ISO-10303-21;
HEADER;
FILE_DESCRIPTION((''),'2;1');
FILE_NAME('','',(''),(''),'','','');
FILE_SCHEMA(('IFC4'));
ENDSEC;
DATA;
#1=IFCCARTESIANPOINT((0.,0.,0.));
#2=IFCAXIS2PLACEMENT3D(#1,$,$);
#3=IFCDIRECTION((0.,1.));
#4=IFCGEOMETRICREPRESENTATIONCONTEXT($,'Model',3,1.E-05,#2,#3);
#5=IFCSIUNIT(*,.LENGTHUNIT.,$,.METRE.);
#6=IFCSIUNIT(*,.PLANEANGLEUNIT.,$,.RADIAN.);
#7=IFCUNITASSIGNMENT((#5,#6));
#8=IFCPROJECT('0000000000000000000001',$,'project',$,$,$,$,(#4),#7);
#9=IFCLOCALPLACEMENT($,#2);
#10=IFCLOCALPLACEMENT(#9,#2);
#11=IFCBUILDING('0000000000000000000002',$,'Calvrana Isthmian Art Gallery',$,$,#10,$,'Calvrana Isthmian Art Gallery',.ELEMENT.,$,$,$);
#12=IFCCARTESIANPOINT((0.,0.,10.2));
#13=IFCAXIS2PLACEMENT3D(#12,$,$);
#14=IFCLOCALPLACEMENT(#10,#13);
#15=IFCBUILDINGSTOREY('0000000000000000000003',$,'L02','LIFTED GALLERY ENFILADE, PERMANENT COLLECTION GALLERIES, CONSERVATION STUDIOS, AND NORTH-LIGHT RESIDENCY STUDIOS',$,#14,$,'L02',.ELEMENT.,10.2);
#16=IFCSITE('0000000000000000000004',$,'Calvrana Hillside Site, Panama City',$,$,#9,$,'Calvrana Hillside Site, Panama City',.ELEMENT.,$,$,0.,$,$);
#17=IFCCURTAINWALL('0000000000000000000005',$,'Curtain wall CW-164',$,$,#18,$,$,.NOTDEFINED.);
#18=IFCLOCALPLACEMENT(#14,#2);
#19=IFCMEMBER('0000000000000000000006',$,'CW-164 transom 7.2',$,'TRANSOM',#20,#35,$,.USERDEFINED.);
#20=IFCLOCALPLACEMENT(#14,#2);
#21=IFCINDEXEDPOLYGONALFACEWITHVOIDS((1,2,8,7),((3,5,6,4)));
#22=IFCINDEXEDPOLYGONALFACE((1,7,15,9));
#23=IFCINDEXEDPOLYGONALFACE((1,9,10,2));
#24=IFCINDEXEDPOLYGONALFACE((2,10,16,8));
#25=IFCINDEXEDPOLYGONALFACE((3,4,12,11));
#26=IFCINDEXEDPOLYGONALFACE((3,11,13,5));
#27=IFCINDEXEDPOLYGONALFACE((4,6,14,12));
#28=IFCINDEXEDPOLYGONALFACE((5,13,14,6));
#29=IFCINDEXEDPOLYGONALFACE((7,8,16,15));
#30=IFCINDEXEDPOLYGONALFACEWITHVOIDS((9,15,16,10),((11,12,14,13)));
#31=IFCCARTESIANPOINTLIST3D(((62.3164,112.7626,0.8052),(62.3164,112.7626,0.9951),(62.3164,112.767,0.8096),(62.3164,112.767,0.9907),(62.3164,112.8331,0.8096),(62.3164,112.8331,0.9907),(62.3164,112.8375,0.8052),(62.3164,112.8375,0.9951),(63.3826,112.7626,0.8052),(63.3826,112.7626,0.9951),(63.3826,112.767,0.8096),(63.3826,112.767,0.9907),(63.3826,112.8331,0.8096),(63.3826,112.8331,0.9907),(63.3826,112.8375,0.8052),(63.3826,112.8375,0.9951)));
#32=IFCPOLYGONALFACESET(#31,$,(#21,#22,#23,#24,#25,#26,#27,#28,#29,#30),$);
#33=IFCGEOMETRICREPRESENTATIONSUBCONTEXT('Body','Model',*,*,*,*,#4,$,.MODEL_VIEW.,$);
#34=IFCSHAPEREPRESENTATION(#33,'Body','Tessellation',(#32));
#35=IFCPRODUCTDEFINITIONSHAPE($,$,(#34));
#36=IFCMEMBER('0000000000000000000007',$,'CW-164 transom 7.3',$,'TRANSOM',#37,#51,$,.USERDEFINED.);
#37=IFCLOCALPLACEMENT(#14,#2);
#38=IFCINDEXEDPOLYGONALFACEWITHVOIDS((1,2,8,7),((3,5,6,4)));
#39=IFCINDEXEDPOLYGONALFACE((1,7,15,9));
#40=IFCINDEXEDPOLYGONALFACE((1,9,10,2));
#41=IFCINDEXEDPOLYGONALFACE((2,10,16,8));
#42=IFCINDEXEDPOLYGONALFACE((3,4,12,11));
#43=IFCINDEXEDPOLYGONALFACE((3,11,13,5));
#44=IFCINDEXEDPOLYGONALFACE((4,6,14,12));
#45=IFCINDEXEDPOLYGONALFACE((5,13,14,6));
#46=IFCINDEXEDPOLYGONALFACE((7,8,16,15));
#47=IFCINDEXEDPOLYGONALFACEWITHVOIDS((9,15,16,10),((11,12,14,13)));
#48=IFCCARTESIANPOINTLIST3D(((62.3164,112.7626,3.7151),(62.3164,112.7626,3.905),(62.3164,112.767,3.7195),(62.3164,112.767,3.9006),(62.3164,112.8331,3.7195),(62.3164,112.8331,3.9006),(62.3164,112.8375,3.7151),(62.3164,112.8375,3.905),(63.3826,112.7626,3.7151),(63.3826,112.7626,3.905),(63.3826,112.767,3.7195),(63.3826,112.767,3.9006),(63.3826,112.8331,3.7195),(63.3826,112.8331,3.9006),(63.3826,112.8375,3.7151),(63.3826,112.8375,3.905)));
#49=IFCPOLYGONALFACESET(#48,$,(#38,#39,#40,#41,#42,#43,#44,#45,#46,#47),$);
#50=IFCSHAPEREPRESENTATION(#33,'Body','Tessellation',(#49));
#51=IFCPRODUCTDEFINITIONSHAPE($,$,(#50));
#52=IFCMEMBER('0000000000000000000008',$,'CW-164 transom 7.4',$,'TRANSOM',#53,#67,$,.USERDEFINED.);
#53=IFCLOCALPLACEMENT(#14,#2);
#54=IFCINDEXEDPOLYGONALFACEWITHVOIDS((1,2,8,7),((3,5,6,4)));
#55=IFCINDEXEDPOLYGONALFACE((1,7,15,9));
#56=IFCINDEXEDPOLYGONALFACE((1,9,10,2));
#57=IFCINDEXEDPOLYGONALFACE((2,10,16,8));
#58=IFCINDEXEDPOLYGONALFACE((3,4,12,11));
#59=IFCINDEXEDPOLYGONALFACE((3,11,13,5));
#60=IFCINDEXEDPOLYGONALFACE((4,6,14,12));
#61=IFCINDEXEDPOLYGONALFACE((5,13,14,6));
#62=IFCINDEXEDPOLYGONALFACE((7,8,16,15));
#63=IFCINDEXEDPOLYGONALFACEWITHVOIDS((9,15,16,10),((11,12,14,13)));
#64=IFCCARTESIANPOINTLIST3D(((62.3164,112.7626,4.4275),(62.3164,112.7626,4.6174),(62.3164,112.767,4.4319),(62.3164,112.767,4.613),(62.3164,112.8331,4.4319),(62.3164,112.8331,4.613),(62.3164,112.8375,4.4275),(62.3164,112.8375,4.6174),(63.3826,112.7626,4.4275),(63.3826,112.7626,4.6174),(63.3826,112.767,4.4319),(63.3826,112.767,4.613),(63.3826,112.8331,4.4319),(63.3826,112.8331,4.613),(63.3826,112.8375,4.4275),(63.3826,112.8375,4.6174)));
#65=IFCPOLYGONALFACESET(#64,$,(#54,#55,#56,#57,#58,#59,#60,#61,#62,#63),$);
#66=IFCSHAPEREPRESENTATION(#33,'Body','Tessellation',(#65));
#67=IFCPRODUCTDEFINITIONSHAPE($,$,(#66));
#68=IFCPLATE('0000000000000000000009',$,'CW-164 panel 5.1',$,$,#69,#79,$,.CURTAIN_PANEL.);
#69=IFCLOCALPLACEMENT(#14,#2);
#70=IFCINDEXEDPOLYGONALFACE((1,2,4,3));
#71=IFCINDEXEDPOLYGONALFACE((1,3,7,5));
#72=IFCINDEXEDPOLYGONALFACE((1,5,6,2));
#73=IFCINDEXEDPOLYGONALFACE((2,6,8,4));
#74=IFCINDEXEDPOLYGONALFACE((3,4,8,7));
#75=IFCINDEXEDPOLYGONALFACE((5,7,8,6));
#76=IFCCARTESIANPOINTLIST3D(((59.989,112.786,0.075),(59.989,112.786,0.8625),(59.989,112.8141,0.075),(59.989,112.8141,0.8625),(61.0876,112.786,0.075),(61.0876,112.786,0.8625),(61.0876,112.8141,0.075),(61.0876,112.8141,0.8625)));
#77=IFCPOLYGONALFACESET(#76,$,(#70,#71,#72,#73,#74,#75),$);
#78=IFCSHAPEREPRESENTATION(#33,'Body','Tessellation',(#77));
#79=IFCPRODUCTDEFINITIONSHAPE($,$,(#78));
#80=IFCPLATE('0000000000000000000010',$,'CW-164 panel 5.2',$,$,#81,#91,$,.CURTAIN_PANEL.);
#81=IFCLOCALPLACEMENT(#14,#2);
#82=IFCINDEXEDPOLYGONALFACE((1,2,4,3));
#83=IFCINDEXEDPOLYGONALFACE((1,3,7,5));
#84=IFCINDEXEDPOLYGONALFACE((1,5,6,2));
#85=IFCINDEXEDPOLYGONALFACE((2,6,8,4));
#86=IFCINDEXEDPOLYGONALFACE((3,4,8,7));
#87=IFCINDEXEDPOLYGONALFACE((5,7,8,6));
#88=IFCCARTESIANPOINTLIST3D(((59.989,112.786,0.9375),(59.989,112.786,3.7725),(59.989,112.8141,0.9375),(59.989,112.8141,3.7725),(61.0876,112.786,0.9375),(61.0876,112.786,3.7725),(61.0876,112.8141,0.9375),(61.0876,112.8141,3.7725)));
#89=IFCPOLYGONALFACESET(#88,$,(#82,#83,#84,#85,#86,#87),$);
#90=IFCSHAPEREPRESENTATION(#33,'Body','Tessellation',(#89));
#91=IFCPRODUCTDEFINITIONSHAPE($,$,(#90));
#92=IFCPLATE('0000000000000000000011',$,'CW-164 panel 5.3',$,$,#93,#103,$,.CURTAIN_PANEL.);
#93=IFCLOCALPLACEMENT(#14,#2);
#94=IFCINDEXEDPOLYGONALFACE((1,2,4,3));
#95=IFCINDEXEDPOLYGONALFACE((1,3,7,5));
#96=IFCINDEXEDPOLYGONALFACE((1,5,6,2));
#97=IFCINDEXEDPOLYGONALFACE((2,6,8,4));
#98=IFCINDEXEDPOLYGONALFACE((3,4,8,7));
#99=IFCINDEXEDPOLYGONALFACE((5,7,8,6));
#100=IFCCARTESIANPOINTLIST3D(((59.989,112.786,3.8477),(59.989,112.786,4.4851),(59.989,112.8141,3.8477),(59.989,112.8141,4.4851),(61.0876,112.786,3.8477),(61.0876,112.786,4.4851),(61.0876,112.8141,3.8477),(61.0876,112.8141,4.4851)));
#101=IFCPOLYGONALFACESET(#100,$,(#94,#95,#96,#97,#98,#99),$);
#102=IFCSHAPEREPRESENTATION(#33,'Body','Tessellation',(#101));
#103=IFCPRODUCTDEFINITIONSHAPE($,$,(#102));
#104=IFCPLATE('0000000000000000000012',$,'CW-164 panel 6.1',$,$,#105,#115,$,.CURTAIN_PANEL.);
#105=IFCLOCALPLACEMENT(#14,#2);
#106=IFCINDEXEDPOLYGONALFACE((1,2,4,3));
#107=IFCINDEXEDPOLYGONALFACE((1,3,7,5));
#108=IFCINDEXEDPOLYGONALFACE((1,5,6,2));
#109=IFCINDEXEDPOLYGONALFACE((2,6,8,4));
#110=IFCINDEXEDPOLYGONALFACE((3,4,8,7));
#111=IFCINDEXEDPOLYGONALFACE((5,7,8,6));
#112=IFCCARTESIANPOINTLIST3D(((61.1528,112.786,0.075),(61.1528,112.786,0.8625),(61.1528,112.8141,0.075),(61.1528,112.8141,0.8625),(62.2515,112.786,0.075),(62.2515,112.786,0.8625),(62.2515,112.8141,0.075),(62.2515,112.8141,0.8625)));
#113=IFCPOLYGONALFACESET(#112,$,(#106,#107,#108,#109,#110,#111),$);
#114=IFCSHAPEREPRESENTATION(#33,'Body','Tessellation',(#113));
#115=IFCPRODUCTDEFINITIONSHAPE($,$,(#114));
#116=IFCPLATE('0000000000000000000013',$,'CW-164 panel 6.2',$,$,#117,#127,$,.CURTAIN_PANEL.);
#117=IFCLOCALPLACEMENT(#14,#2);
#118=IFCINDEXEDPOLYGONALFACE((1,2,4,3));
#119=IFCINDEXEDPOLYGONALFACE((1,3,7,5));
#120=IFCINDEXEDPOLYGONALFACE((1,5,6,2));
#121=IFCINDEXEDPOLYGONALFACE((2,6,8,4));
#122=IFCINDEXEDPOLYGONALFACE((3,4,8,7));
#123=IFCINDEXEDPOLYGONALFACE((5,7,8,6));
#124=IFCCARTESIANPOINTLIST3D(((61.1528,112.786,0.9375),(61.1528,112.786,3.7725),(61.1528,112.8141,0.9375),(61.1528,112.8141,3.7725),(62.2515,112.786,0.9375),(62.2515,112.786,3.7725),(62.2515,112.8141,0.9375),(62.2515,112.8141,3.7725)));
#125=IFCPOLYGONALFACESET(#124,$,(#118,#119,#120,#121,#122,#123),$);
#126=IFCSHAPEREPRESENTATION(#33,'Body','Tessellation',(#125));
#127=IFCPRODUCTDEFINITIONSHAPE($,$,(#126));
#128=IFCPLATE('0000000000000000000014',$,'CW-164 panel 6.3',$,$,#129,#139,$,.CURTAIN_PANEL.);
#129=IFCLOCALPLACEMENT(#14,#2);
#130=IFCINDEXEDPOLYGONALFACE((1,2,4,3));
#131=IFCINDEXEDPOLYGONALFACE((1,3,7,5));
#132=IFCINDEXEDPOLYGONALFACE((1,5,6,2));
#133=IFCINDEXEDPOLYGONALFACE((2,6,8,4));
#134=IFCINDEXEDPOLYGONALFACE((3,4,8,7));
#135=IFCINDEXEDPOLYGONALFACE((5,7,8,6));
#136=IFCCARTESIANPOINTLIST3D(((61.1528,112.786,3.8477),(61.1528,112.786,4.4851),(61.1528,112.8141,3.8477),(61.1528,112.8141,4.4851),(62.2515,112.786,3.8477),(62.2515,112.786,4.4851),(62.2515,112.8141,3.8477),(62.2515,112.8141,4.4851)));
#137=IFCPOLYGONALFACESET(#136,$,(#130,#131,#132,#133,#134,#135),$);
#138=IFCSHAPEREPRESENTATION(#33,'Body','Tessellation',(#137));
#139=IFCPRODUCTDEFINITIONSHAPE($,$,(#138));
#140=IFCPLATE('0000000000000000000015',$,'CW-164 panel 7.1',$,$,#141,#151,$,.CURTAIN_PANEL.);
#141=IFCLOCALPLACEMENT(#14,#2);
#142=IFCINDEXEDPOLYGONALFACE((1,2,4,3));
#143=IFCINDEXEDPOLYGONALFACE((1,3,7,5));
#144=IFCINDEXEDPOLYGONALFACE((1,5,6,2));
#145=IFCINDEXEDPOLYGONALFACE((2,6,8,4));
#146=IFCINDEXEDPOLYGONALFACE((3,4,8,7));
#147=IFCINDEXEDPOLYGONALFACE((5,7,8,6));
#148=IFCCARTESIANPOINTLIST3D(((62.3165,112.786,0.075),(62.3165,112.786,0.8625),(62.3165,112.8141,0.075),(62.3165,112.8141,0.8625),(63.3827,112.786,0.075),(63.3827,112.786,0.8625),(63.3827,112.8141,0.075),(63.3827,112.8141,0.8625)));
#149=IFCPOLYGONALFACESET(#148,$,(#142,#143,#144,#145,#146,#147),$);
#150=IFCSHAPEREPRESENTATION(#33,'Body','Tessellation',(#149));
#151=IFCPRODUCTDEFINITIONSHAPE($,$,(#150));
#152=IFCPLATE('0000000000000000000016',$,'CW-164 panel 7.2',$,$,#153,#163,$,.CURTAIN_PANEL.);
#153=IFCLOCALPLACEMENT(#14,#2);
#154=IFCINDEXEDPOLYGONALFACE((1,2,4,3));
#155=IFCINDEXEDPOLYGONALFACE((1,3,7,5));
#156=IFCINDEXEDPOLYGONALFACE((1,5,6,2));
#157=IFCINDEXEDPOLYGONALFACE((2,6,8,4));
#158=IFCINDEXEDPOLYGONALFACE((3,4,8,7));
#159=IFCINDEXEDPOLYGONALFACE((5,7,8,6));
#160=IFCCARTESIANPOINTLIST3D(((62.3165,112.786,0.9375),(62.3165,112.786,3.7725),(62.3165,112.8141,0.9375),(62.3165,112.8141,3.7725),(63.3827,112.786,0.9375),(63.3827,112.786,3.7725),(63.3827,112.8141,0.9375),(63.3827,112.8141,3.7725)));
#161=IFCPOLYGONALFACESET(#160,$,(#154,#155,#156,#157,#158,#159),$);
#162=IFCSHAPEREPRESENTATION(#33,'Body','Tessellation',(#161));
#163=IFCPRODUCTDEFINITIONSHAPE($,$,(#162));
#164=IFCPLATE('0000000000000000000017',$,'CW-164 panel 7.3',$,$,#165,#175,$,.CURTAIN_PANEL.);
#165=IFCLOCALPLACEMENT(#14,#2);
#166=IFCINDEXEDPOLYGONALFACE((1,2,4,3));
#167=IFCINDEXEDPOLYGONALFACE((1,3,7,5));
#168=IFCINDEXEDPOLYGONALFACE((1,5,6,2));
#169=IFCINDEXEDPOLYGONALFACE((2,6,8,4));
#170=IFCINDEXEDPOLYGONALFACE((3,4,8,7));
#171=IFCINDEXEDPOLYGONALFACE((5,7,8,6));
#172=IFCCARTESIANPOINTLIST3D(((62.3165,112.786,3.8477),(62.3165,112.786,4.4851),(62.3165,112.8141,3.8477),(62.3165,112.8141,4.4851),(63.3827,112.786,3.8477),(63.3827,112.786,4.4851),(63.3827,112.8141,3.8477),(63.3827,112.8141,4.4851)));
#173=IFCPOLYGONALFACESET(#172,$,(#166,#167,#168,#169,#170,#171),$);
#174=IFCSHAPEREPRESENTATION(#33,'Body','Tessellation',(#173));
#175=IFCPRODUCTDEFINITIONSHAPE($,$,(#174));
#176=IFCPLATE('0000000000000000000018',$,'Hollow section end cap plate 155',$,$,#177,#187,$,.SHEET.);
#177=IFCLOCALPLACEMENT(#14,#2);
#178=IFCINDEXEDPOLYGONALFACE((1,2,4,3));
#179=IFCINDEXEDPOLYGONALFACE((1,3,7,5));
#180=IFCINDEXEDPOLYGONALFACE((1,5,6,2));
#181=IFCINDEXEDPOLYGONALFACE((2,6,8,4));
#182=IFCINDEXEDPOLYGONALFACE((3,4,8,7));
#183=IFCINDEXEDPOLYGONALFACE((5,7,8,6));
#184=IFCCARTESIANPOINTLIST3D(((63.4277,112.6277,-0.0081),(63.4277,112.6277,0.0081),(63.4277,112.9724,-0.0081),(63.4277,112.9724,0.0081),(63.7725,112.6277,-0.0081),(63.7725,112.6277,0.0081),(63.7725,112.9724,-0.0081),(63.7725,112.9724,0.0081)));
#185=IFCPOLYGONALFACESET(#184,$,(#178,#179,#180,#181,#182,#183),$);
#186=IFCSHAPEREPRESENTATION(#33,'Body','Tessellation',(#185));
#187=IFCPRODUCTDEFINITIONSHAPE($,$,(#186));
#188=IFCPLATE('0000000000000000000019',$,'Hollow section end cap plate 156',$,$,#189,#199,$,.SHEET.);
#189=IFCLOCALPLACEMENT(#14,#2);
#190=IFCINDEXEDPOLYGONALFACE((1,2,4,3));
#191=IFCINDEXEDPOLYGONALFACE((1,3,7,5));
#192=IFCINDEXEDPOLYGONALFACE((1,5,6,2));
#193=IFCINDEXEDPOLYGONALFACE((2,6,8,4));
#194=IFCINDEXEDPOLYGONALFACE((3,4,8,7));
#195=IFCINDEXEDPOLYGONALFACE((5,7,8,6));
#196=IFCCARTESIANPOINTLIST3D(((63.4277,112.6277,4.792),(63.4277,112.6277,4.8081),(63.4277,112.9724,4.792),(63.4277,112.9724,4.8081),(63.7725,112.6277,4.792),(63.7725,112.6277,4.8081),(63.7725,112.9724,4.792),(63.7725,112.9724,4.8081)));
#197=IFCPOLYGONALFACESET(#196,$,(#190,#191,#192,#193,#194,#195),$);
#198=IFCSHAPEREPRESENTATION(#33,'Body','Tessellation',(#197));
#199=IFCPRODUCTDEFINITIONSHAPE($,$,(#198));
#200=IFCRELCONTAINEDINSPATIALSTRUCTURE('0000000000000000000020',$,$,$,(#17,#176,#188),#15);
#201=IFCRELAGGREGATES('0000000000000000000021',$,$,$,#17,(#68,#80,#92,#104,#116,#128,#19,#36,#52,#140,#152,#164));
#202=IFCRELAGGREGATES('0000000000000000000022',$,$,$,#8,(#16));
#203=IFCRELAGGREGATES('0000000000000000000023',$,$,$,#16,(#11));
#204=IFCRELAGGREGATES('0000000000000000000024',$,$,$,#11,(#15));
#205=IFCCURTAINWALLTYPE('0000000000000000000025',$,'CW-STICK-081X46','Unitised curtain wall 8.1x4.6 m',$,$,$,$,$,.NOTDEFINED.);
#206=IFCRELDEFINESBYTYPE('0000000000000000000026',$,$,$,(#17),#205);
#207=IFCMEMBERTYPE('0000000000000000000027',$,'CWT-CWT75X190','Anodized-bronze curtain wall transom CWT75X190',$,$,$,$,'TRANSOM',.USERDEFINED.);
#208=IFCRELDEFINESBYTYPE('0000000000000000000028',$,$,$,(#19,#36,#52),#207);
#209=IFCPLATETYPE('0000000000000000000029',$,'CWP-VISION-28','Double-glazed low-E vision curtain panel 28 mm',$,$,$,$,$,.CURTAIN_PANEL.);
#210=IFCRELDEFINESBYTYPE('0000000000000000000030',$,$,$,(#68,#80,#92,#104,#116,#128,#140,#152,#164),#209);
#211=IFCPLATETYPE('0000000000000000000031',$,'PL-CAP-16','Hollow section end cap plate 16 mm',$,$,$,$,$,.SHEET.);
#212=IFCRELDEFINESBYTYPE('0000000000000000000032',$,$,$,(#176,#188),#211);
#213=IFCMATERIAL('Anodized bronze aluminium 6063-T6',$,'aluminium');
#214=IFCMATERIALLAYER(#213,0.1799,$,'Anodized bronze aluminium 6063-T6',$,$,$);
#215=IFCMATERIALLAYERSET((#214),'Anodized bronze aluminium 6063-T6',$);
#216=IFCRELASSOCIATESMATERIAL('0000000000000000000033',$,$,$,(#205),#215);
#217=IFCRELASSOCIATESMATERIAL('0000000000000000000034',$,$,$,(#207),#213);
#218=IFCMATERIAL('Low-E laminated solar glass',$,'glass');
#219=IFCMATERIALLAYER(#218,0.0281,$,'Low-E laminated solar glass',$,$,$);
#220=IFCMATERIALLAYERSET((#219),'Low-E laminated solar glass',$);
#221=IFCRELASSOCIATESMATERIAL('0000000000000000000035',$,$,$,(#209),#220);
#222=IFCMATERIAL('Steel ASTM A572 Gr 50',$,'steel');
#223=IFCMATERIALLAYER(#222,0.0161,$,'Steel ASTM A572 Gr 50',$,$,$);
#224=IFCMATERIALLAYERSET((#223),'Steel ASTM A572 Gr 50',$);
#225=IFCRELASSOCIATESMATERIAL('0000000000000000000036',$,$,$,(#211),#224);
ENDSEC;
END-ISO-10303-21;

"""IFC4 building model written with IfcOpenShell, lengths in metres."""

from ifc_helpers import new_model, si_unit, direction, frame, origin, origin_2d, place, context, subcontext, project, spatial, rectangle, hollow_rectangle, extrude, material, layer, layer_set, material_profile, profile_set, type_object, element, aggregate, save


model = new_model("IFC4")

# Units and contexts
model_context = context("Model", 3, precision=1e-05, world=origin(), true_north=direction((0.0, 1.0)))
body_context = subcontext(model_context, "Body", "Model", "MODEL_VIEW")
ifc_project = project(units=[si_unit("LENGTHUNIT", "METRE"), si_unit("PLANEANGLEUNIT", "RADIAN")], contexts=[model_context])

# Site, building, storey
site_placement = place(None, origin())
site = spatial("IfcSite", under=ifc_project, at=site_placement, Name="Calvrana Hillside Site, Panama City", LongName="Calvrana Hillside Site, Panama City", CompositionType="ELEMENT", RefElevation=0.0)
building_placement = place(site_placement, origin())
building = spatial("IfcBuilding", under=site, at=building_placement, Name="Calvrana Isthmian Art Gallery", LongName="Calvrana Isthmian Art Gallery", CompositionType="ELEMENT")
storey_placement = place(building_placement, frame((0.0, 0.0, 10.2)))
storey = spatial("IfcBuildingStorey", under=building, at=storey_placement, Name="L02", Description="LIFTED GALLERY ENFILADE, PERMANENT COLLECTION GALLERIES, CONSERVATION STUDIOS, AND NORTH-LIGHT RESIDENCY STUDIOS", LongName="L02", CompositionType="ELEMENT", Elevation=10.2)

# Curtain wall, members, plates
ifc_material_1 = material(Name="Anodized bronze aluminium 6063-T6", Category="aluminium")
ifc_layer_1 = layer(ifc_material_1, 0.1799, Name="Anodized bronze aluminium 6063-T6")
ifc_layer_set_1 = layer_set([ifc_layer_1], Name="Anodized bronze aluminium 6063-T6")
curtain_wall_type = type_object("IfcCurtainWallType", Name="CW-STICK-081X46", Description="Unitised curtain wall 8.1x4.6 m", PredefinedType="NOTDEFINED", material=ifc_layer_set_1)
curtain_wall_placement = place(storey_placement, origin())
curtain_wall = element("IfcCurtainWall", 1, at=curtain_wall_placement, inside=storey, type_object=curtain_wall_type, Name="Curtain wall CW-164", PredefinedType="NOTDEFINED")
ifc_material_profile_1 = material_profile(ifc_material_1, hollow_rectangle(XDim=0.075, YDim=0.1899, WallThickness=0.0044, at=origin_2d()), Name="CWT75X190")
ifc_profile_set_1 = profile_set([ifc_material_profile_1], Name="Anodized bronze aluminium 6063-T6")
member_type_1 = type_object("IfcMemberType", Name="CWT-CWT75X190", Description="Anodized-bronze curtain wall transom CWT75X190", ElementType="TRANSOM", PredefinedType="USERDEFINED", material=ifc_profile_set_1)
member_1_placement = place(storey_placement, frame((62.3164, 112.8, 0.9001), z_axis=(1.0, 0.0, 0.0), x_axis=(0.0, 1.0, 0.0)))
member_1 = element("IfcMember", 2, at=member_1_placement, type_object=member_type_1, Name="CW-164 transom 7.2", ObjectType="TRANSOM", PredefinedType="USERDEFINED", context=body_context, shape_type="SweptSolid", body=[
    extrude(hollow_rectangle(XDim=0.075, YDim=0.1899, WallThickness=0.0044, at=origin_2d()), origin(), (0.0, 0.0, 1.0), 1.0662),
])
member_2_placement = place(storey_placement, frame((62.3164, 112.8, 3.8101), z_axis=(1.0, 0.0, 0.0), x_axis=(0.0, 1.0, 0.0)))
member_2 = element("IfcMember", 3, at=member_2_placement, type_object=member_type_1, Name="CW-164 transom 7.3", ObjectType="TRANSOM", PredefinedType="USERDEFINED", context=body_context, shape_type="SweptSolid", body=[
    extrude(hollow_rectangle(XDim=0.075, YDim=0.1899, WallThickness=0.0044, at=origin_2d()), origin(), (0.0, 0.0, 1.0), 1.0662),
])
member_3_placement = place(storey_placement, frame((62.3164, 112.8, 4.5225), z_axis=(1.0, 0.0, 0.0), x_axis=(0.0, 1.0, 0.0)))
member_3 = element("IfcMember", 4, at=member_3_placement, type_object=member_type_1, Name="CW-164 transom 7.4", ObjectType="TRANSOM", PredefinedType="USERDEFINED", context=body_context, shape_type="SweptSolid", body=[
    extrude(hollow_rectangle(XDim=0.075, YDim=0.1899, WallThickness=0.0044, at=origin_2d()), origin(), (0.0, 0.0, 1.0), 1.0662),
])
ifc_material_2 = material(Name="Low-E laminated solar glass", Category="glass")
ifc_layer_2 = layer(ifc_material_2, 0.0281, Name="Low-E laminated solar glass")
ifc_layer_set_2 = layer_set([ifc_layer_2], Name="Low-E laminated solar glass")
plate_type_1 = type_object("IfcPlateType", Name="CWP-VISION-28", Description="Double-glazed low-E vision curtain panel 28 mm", PredefinedType="CURTAIN_PANEL", material=ifc_layer_set_2)
plate_1_placement = place(storey_placement, frame((60.5383, 112.8, 0.075), z_axis=(0.0, 0.0, 1.0), x_axis=(1.0, 0.0, 0.0)))
plate_1 = element("IfcPlate", 5, at=plate_1_placement, type_object=plate_type_1, Name="CW-164 panel 5.1", PredefinedType="CURTAIN_PANEL", context=body_context, shape_type="SweptSolid", body=[
    extrude(rectangle(XDim=1.0986, YDim=0.0281, at=origin_2d()), origin(), (0.0, 0.0, 1.0), 0.7876),
])
plate_2_placement = place(storey_placement, frame((60.5383, 112.8, 0.9375), z_axis=(0.0, 0.0, 1.0), x_axis=(1.0, 0.0, 0.0)))
plate_2 = element("IfcPlate", 6, at=plate_2_placement, type_object=plate_type_1, Name="CW-164 panel 5.2", PredefinedType="CURTAIN_PANEL", context=body_context, shape_type="SweptSolid", body=[
    extrude(rectangle(XDim=1.0986, YDim=0.0281, at=origin_2d()), origin(), (0.0, 0.0, 1.0), 2.835),
])
plate_3_placement = place(storey_placement, frame((60.5383, 112.8, 3.8477), z_axis=(0.0, 0.0, 1.0), x_axis=(1.0, 0.0, 0.0)))
plate_3 = element("IfcPlate", 7, at=plate_3_placement, type_object=plate_type_1, Name="CW-164 panel 5.3", PredefinedType="CURTAIN_PANEL", context=body_context, shape_type="SweptSolid", body=[
    extrude(rectangle(XDim=1.0986, YDim=0.0281, at=origin_2d()), origin(), (0.0, 0.0, 1.0), 0.6375),
])
plate_4_placement = place(storey_placement, frame((61.7021, 112.8, 0.075), z_axis=(0.0, 0.0, 1.0), x_axis=(1.0, 0.0, 0.0)))
plate_4 = element("IfcPlate", 8, at=plate_4_placement, type_object=plate_type_1, Name="CW-164 panel 6.1", PredefinedType="CURTAIN_PANEL", context=body_context, shape_type="SweptSolid", body=[
    extrude(rectangle(XDim=1.0986, YDim=0.0281, at=origin_2d()), origin(), (0.0, 0.0, 1.0), 0.7876),
])
plate_5_placement = place(storey_placement, frame((61.7021, 112.8, 0.9375), z_axis=(0.0, 0.0, 1.0), x_axis=(1.0, 0.0, 0.0)))
plate_5 = element("IfcPlate", 9, at=plate_5_placement, type_object=plate_type_1, Name="CW-164 panel 6.2", PredefinedType="CURTAIN_PANEL", context=body_context, shape_type="SweptSolid", body=[
    extrude(rectangle(XDim=1.0986, YDim=0.0281, at=origin_2d()), origin(), (0.0, 0.0, 1.0), 2.835),
])
plate_6_placement = place(storey_placement, frame((61.7021, 112.8, 3.8477), z_axis=(0.0, 0.0, 1.0), x_axis=(1.0, 0.0, 0.0)))
plate_6 = element("IfcPlate", 10, at=plate_6_placement, type_object=plate_type_1, Name="CW-164 panel 6.3", PredefinedType="CURTAIN_PANEL", context=body_context, shape_type="SweptSolid", body=[
    extrude(rectangle(XDim=1.0986, YDim=0.0281, at=origin_2d()), origin(), (0.0, 0.0, 1.0), 0.6375),
])
plate_7_placement = place(storey_placement, frame((62.8496, 112.8, 0.075), z_axis=(0.0, 0.0, 1.0), x_axis=(1.0, 0.0, 0.0)))
plate_7 = element("IfcPlate", 11, at=plate_7_placement, type_object=plate_type_1, Name="CW-164 panel 7.1", PredefinedType="CURTAIN_PANEL", context=body_context, shape_type="SweptSolid", body=[
    extrude(rectangle(XDim=1.0662, YDim=0.0281, at=origin_2d()), origin(), (0.0, 0.0, 1.0), 0.7876),
])
plate_8_placement = place(storey_placement, frame((62.8496, 112.8, 0.9375), z_axis=(0.0, 0.0, 1.0), x_axis=(1.0, 0.0, 0.0)))
plate_8 = element("IfcPlate", 12, at=plate_8_placement, type_object=plate_type_1, Name="CW-164 panel 7.2", PredefinedType="CURTAIN_PANEL", context=body_context, shape_type="SweptSolid", body=[
    extrude(rectangle(XDim=1.0662, YDim=0.0281, at=origin_2d()), origin(), (0.0, 0.0, 1.0), 2.835),
])
plate_9_placement = place(storey_placement, frame((62.8496, 112.8, 3.8477), z_axis=(0.0, 0.0, 1.0), x_axis=(1.0, 0.0, 0.0)))
plate_9 = element("IfcPlate", 13, at=plate_9_placement, type_object=plate_type_1, Name="CW-164 panel 7.3", PredefinedType="CURTAIN_PANEL", context=body_context, shape_type="SweptSolid", body=[
    extrude(rectangle(XDim=1.0662, YDim=0.0281, at=origin_2d()), origin(), (0.0, 0.0, 1.0), 0.6375),
])
aggregate(curtain_wall, [plate_1, plate_2, plate_3, plate_4, plate_5, plate_6, member_1, member_2, member_3, plate_7, plate_8, plate_9])

# Plates
ifc_material_3 = material(Name="Steel ASTM A572 Gr 50", Category="steel")
ifc_layer_3 = layer(ifc_material_3, 0.0161, Name="Steel ASTM A572 Gr 50")
ifc_layer_set_3 = layer_set([ifc_layer_3], Name="Steel ASTM A572 Gr 50")
plate_type_2 = type_object("IfcPlateType", Name="PL-CAP-16", Description="Hollow section end cap plate 16 mm", PredefinedType="SHEET", material=ifc_layer_set_3)
for number, where, z_axis, x_axis, name in (
    (14, (63.6001, 112.8, -0.0081), (0.0, 0.0, 1.0), (1.0, 0.0, 0.0), "Hollow section end cap plate 155"),
    (15, (63.6001, 112.8, 4.792), (0.0, 0.0, 1.0), (1.0, 0.0, 0.0), "Hollow section end cap plate 156"),
):
    element("IfcPlate", number, at=place(storey_placement, frame(where, z_axis=z_axis, x_axis=x_axis)), inside=storey, type_object=plate_type_2, Name=name, PredefinedType="SHEET", context=body_context, shape_type="SweptSolid", body=[
        extrude(rectangle(XDim=0.3447, YDim=0.3447, at=origin_2d()), origin(), (0.0, 0.0, 1.0), 0.0161),
    ])

save(model, "model.ifc")
